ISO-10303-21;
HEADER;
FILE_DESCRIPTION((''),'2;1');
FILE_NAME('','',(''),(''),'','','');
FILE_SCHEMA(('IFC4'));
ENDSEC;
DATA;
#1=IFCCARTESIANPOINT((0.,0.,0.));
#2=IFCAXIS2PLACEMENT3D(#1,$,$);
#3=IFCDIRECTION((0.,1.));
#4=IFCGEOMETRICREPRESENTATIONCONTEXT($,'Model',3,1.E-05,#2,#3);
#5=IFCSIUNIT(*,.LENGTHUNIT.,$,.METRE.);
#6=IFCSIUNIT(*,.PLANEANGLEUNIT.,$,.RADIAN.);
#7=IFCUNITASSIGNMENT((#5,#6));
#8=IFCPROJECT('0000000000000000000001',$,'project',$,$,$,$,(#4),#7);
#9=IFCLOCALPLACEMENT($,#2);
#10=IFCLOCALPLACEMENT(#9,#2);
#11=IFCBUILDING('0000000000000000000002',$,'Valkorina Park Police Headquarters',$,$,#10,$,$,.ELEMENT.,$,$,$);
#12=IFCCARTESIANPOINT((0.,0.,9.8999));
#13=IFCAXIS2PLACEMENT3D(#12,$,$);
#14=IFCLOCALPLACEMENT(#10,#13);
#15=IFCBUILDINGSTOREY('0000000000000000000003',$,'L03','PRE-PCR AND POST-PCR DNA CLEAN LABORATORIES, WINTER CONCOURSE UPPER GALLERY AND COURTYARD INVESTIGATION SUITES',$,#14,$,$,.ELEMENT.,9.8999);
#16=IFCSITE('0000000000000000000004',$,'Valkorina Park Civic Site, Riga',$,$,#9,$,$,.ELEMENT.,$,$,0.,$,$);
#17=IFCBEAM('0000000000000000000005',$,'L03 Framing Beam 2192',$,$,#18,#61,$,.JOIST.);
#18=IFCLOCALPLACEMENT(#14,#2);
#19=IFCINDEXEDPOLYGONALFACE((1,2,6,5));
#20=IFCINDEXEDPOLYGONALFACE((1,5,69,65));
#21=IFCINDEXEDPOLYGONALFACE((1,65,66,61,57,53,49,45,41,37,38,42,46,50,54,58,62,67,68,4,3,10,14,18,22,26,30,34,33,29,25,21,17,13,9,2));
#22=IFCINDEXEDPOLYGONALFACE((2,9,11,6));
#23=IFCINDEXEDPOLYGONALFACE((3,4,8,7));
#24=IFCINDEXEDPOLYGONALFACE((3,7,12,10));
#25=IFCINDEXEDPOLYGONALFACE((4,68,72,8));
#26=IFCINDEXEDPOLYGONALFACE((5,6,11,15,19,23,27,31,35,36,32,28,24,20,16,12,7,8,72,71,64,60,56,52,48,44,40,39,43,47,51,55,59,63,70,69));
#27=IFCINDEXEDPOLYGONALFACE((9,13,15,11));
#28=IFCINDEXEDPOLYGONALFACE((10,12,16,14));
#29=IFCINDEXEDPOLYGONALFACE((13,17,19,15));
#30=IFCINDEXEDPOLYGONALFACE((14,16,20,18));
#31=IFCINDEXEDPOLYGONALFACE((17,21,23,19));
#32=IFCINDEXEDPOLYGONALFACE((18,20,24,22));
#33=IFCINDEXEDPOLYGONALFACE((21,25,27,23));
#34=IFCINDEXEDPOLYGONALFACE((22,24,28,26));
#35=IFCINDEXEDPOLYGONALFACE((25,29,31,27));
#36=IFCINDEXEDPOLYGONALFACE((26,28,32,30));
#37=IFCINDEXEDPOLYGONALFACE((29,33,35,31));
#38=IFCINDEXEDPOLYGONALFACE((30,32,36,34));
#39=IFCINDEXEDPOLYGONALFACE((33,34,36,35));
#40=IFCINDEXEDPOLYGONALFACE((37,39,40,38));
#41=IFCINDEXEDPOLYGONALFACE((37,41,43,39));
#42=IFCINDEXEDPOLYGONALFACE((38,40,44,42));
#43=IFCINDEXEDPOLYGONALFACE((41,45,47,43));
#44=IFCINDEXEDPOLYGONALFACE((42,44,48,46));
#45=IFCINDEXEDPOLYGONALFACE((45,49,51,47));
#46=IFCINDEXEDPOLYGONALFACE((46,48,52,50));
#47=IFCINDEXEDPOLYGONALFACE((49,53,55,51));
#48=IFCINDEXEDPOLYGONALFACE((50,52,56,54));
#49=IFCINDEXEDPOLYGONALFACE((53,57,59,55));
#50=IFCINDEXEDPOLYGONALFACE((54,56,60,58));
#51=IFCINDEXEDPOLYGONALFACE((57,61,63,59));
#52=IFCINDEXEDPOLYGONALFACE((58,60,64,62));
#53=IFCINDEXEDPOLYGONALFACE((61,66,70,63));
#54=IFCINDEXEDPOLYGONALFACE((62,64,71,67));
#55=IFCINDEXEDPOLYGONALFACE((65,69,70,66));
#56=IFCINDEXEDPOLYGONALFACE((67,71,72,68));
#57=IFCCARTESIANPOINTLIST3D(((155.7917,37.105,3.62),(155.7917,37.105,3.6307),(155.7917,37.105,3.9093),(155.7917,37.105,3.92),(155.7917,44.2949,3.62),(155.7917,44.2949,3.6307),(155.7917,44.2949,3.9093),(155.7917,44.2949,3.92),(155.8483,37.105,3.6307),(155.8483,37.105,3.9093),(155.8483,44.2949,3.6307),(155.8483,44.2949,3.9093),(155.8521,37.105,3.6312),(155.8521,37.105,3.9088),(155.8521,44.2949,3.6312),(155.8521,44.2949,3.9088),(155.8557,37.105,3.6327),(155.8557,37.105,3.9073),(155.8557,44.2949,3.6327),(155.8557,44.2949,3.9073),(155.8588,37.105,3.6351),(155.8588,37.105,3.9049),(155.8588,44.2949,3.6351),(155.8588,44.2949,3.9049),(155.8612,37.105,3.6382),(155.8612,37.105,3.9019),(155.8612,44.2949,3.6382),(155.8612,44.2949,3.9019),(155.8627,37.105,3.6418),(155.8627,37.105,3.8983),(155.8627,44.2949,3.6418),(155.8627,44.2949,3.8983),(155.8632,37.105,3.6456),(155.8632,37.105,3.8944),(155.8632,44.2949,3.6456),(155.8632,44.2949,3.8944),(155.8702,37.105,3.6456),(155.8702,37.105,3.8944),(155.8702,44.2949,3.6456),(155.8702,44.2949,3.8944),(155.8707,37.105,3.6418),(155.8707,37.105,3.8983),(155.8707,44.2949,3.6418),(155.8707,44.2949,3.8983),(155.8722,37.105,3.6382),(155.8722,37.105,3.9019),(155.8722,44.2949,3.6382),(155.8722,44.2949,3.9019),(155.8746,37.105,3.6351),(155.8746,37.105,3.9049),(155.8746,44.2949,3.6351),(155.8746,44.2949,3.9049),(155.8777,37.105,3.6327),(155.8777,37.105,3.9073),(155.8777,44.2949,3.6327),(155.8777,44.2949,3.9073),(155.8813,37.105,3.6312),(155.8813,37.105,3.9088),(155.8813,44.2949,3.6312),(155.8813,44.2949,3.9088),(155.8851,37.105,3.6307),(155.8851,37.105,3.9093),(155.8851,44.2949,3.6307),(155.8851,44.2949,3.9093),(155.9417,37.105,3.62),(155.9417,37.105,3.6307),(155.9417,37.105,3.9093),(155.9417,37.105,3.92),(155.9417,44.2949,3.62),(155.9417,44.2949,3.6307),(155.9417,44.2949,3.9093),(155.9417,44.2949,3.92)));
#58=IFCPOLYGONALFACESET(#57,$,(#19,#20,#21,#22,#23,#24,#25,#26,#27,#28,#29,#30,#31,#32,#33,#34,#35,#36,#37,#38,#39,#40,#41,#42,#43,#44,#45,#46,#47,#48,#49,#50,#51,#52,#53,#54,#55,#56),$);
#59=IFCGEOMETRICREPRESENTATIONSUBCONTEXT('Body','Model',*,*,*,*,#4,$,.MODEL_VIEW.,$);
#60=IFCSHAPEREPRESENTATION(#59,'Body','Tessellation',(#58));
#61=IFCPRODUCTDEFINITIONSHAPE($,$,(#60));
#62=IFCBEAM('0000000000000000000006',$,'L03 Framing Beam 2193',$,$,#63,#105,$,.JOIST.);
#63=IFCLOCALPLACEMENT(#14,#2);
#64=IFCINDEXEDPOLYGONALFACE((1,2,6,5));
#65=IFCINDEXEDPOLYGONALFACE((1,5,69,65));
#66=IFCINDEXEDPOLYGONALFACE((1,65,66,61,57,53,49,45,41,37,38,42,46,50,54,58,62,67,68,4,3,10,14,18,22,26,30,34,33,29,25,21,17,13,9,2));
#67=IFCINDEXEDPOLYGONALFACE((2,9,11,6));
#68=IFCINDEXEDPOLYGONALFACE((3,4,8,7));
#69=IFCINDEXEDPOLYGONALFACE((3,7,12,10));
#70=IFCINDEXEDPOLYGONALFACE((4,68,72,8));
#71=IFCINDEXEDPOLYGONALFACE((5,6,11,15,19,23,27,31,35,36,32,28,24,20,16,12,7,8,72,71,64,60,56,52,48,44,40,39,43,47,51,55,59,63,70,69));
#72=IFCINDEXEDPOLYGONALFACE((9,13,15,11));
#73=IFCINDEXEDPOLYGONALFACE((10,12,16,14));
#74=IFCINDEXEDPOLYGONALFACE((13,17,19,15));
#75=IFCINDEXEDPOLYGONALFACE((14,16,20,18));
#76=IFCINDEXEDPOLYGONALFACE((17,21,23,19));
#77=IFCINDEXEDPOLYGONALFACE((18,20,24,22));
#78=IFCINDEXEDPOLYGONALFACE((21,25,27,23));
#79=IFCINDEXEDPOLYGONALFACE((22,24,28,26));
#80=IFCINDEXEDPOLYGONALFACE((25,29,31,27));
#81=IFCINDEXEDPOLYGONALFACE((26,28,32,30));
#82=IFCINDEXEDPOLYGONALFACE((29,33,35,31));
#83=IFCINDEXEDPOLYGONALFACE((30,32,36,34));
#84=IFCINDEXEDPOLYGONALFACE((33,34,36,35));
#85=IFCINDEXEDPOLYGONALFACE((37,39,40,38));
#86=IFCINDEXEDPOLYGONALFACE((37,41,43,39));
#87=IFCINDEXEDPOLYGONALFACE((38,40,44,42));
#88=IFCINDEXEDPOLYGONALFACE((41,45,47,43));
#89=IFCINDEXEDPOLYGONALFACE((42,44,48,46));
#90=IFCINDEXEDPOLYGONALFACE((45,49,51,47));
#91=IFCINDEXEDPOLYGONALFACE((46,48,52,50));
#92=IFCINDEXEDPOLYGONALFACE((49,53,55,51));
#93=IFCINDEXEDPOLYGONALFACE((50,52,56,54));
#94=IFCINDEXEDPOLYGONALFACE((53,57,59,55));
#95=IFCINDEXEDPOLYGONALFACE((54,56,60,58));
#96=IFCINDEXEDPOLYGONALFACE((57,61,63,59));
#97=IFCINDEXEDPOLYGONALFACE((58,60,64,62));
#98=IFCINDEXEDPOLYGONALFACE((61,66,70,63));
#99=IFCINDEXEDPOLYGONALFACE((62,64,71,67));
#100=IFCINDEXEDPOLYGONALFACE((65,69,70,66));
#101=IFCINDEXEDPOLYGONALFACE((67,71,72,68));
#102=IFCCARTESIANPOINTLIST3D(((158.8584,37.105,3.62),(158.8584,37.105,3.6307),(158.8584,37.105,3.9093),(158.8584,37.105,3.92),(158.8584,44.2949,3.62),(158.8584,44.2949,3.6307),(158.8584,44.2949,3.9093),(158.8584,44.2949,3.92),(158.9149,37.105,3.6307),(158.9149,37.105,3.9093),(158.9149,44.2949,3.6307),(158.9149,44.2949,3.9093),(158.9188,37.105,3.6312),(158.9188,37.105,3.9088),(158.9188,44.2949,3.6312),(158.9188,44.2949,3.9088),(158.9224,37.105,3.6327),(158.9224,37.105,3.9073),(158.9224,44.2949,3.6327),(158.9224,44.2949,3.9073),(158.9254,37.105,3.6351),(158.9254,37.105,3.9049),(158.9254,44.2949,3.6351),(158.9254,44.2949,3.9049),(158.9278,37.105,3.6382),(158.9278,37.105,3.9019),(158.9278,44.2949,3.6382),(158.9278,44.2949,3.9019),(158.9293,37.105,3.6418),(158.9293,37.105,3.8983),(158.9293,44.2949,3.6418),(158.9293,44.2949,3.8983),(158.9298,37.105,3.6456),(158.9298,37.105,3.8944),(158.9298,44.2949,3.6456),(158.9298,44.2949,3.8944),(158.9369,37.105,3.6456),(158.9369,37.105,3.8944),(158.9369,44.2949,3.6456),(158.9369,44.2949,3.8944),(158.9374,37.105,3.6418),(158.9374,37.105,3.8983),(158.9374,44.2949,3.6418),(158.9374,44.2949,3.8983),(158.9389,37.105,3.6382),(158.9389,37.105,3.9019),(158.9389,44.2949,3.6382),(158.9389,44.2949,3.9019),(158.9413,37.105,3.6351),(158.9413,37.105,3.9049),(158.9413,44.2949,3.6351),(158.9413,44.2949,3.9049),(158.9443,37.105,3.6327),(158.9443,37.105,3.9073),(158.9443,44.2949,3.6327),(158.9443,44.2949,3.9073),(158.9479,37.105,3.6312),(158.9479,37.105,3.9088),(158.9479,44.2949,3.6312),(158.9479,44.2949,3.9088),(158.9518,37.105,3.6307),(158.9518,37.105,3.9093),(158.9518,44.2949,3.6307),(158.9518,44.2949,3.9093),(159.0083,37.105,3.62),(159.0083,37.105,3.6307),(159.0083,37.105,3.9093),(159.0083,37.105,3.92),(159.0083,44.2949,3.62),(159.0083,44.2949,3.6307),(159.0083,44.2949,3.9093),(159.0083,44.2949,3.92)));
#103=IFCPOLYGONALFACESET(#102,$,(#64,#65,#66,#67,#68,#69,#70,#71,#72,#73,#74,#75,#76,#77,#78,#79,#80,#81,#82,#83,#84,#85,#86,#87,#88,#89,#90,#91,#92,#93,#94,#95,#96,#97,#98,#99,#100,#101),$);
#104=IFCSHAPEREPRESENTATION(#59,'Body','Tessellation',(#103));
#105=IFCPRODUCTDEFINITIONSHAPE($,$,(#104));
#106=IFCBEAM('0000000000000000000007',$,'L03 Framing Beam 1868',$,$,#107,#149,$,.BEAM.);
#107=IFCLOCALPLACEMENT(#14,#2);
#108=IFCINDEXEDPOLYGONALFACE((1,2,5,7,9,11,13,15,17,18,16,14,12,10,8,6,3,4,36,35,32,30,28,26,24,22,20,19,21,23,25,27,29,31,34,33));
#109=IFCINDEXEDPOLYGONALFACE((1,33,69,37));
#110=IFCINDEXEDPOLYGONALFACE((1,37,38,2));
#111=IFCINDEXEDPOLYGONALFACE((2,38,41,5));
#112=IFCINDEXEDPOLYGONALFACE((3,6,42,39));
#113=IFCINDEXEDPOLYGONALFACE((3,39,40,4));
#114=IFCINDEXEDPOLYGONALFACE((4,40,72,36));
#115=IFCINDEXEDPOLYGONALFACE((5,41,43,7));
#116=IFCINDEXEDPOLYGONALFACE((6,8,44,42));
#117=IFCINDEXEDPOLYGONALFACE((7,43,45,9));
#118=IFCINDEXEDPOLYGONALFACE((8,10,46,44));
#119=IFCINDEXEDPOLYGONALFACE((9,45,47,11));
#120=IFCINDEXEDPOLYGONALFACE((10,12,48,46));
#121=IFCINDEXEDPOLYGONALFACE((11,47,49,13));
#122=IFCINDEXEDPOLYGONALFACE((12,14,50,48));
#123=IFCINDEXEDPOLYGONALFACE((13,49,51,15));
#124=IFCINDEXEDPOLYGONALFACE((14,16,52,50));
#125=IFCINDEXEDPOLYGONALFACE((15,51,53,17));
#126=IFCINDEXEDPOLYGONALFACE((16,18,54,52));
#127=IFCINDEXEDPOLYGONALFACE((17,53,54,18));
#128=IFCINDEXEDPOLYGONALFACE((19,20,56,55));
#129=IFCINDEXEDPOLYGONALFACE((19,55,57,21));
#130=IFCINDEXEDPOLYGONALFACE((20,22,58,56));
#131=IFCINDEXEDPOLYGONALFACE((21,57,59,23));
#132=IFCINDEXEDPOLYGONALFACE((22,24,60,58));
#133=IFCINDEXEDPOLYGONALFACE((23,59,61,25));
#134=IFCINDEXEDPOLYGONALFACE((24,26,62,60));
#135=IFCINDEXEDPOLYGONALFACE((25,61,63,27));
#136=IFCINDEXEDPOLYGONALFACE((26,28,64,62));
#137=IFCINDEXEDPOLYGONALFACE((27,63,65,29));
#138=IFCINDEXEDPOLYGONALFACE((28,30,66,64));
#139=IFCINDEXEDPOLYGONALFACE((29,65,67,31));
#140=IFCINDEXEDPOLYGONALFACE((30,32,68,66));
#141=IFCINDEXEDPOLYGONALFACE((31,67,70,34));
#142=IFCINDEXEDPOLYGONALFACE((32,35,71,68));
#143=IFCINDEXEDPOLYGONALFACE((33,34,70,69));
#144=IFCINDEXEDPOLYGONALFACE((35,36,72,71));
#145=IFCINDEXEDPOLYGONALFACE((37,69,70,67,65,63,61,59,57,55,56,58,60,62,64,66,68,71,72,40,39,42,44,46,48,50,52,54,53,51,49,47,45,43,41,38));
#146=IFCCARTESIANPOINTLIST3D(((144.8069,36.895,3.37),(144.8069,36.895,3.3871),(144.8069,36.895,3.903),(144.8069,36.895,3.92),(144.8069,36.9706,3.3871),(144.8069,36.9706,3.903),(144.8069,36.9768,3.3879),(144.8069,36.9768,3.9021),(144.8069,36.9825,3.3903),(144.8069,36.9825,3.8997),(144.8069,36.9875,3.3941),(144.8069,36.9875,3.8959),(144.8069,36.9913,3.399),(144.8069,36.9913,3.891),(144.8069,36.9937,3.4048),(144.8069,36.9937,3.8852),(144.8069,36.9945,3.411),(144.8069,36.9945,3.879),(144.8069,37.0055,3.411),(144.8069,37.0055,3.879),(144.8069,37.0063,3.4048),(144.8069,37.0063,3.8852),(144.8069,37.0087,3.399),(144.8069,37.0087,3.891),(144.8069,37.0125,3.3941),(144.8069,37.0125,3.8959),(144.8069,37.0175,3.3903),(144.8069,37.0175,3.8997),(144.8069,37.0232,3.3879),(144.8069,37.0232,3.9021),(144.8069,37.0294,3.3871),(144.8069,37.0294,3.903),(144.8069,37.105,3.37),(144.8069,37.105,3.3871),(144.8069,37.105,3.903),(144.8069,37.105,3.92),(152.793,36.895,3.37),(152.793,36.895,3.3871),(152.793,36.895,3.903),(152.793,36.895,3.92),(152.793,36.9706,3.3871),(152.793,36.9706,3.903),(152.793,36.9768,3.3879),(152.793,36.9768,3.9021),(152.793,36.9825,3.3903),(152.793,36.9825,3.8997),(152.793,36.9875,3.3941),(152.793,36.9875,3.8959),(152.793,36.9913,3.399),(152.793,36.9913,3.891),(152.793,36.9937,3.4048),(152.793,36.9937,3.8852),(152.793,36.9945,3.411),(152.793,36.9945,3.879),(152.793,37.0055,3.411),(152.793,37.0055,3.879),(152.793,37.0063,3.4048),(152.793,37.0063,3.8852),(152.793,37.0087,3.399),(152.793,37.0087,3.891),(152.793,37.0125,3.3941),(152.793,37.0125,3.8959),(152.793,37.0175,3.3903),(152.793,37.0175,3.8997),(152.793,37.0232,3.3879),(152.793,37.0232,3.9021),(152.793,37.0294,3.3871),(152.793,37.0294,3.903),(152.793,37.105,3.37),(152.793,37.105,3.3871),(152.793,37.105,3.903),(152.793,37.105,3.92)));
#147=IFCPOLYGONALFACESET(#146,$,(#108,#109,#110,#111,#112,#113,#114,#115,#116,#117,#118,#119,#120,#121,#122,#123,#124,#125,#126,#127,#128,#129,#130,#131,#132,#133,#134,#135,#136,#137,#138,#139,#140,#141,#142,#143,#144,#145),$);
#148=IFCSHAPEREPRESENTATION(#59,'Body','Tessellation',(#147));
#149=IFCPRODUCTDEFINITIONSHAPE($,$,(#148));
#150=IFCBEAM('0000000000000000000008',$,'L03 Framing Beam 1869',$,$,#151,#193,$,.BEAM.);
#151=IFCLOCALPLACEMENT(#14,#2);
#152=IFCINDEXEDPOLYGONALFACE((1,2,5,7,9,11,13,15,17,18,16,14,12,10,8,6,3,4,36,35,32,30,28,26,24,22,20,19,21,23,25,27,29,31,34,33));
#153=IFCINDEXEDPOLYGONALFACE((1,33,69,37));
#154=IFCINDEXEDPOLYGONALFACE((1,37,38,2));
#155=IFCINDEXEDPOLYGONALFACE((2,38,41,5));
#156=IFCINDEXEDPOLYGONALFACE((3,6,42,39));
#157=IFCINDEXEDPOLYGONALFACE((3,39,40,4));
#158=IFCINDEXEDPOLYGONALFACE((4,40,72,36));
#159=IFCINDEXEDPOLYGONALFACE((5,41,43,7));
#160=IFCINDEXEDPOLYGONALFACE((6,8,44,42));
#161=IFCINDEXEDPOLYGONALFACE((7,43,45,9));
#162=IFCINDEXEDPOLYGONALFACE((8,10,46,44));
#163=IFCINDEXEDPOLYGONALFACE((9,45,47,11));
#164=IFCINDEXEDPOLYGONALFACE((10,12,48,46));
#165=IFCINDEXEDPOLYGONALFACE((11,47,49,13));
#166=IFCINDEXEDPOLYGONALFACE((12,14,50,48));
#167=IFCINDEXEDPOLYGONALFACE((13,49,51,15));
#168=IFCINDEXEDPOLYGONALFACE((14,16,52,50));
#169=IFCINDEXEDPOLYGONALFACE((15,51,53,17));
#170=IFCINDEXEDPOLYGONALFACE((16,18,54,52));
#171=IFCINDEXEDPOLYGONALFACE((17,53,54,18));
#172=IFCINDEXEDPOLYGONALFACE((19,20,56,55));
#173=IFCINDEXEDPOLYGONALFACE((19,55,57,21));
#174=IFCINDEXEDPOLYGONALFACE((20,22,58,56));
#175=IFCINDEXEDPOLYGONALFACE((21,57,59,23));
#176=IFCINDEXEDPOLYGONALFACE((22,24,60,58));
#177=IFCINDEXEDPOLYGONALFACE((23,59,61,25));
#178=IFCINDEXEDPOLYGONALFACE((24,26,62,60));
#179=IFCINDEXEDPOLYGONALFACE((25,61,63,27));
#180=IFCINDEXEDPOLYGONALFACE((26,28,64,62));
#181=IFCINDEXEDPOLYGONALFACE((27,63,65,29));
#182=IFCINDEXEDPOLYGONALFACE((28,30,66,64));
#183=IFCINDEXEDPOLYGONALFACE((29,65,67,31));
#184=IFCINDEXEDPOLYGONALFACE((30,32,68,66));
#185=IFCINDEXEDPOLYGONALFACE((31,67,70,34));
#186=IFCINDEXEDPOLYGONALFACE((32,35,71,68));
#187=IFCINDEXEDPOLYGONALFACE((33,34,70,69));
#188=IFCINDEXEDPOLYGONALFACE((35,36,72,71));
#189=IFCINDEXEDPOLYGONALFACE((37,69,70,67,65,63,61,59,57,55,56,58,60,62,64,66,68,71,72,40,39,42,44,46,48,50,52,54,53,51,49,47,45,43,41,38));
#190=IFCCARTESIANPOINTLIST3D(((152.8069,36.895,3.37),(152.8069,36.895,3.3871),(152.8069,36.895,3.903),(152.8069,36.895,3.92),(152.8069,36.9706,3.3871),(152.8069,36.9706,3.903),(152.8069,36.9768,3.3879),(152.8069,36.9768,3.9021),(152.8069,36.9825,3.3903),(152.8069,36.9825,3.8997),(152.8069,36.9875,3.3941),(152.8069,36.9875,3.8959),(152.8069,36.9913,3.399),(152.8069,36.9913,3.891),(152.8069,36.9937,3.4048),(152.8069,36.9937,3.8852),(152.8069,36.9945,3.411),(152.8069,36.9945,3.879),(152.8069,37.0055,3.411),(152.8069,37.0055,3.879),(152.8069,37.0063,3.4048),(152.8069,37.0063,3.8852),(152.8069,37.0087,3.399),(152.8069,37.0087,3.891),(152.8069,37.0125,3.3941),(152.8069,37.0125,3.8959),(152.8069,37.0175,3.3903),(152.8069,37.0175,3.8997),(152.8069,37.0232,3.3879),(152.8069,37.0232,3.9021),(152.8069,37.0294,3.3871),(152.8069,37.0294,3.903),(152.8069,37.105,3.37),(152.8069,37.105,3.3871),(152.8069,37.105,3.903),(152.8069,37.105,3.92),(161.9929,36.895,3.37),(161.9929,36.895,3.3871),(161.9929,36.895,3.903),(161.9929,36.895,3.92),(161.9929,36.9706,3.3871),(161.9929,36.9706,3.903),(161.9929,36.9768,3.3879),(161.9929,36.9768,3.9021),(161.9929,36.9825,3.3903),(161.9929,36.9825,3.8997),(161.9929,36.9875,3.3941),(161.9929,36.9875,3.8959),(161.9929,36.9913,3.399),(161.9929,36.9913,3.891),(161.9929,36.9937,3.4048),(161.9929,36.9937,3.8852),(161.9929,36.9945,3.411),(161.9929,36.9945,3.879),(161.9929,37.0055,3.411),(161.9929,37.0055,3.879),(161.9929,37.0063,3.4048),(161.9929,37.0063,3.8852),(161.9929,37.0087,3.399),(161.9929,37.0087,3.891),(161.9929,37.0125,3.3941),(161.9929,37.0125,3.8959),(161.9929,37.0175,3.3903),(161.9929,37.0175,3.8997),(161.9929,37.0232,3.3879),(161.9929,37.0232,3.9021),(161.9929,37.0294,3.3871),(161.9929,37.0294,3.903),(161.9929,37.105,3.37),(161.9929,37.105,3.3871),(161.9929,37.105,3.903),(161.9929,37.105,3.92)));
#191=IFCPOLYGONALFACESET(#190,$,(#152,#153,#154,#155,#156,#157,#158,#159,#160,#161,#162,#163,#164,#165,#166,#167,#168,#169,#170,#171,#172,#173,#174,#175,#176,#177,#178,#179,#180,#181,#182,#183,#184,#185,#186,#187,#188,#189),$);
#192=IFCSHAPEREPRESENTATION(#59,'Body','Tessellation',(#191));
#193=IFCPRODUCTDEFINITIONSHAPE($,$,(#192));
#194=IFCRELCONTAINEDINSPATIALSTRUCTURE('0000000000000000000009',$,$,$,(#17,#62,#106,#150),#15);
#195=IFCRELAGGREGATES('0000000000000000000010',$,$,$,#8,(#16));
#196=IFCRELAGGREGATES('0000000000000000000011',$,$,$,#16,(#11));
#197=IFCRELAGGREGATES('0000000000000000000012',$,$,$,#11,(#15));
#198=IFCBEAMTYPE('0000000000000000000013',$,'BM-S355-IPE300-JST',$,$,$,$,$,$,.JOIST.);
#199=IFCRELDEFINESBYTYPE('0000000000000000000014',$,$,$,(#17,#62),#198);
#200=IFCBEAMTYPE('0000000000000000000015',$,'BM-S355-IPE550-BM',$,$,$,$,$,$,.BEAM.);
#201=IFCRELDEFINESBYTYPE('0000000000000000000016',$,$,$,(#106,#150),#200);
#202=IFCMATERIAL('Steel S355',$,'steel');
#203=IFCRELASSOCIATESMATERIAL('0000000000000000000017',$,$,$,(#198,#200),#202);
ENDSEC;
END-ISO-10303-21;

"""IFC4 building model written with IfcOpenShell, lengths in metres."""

from ifc_helpers import new_model, si_unit, direction, frame, origin, origin_2d, place, context, subcontext, project, spatial, i_section, extrude, material, material_profile, profile_set, type_object, element, save


model = new_model("IFC4")

# Units and contexts
model_context = context("Model", 3, precision=1e-05, world=origin(), true_north=direction((0.0, 1.0)))
body_context = subcontext(model_context, "Body", "Model", "MODEL_VIEW")
ifc_project = project(units=[si_unit("LENGTHUNIT", "METRE"), si_unit("PLANEANGLEUNIT", "RADIAN")], contexts=[model_context])

# Site, building, storey
site_placement = place(None, origin())
site = spatial("IfcSite", under=ifc_project, at=site_placement, Name="Valkorina Park Civic Site, Riga", CompositionType="ELEMENT", RefElevation=0.0)
building_placement = place(site_placement, origin())
building = spatial("IfcBuilding", under=site, at=building_placement, Name="Valkorina Park Police Headquarters", CompositionType="ELEMENT")
storey_placement = place(building_placement, frame((0.0, 0.0, 9.8999)))
storey = spatial("IfcBuildingStorey", under=building, at=storey_placement, Name="L03", Description="PRE-PCR AND POST-PCR DNA CLEAN LABORATORIES, WINTER CONCOURSE UPPER GALLERY AND COURTYARD INVESTIGATION SUITES", CompositionType="ELEMENT", Elevation=9.8999)

# Shared definitions
ifc_material_1 = material(Name="Steel S355", Category="steel")

# Beams
ifc_material_profile_1 = material_profile(ifc_material_1, i_section(OverallWidth=0.1499, OverallDepth=0.3, WebThickness=0.0071, FlangeThickness=0.0107, FilletRadius=0.0149, at=origin_2d()), Name="IPE 300")
ifc_profile_set_1 = profile_set([ifc_material_profile_1], Name="Steel S355")
beam_type_1 = type_object("IfcBeamType", Name="BM-S355-IPE300-JST", PredefinedType="JOIST", material=ifc_profile_set_1)
for number, where, z_axis, x_axis, name in (
    (1, (155.8667, 37.105, 3.77), (0.0, 1.0, 0.0), (-1.0, 0.0, 0.0), "L03 Framing Beam 2192"),
    (2, (158.9333, 37.105, 3.77), (0.0, 1.0, 0.0), (-1.0, 0.0, 0.0), "L03 Framing Beam 2193"),
):
    element("IfcBeam", number, at=place(storey_placement, frame(where, z_axis=z_axis, x_axis=x_axis)), inside=storey, type_object=beam_type_1, Name=name, PredefinedType="JOIST", context=body_context, shape_type="SweptSolid", body=[
        extrude(i_section(OverallWidth=0.1499, OverallDepth=0.3, WebThickness=0.0071, FlangeThickness=0.0107, FilletRadius=0.0149, at=origin_2d()), origin(), (0.0, 0.0, 1.0), 7.1899),
    ])
ifc_material_profile_2 = material_profile(ifc_material_1, i_section(OverallWidth=0.21, OverallDepth=0.55, WebThickness=0.011, FlangeThickness=0.0171, FilletRadius=0.0239, at=origin_2d()), Name="IPE 550")
ifc_profile_set_2 = profile_set([ifc_material_profile_2], Name="Steel S355")
beam_type_2 = type_object("IfcBeamType", Name="BM-S355-IPE550-BM", PredefinedType="BEAM", material=ifc_profile_set_2)
beam_1_placement = place(storey_placement, frame((144.8069, 37.0, 3.645), z_axis=(1.0, 0.0, 0.0), x_axis=(0.0, 1.0, 0.0)))
element("IfcBeam", 3, at=beam_1_placement, inside=storey, type_object=beam_type_2, Name="L03 Framing Beam 1868", PredefinedType="BEAM", context=body_context, shape_type="SweptSolid", body=[
    extrude(i_section(OverallWidth=0.21, OverallDepth=0.55, WebThickness=0.011, FlangeThickness=0.0171, FilletRadius=0.0239, at=origin_2d()), origin(), (0.0, 0.0, 1.0), 7.9861),
])
beam_2_placement = place(storey_placement, frame((152.8069, 37.0, 3.645), z_axis=(1.0, 0.0, 0.0), x_axis=(0.0, 1.0, 0.0)))
element("IfcBeam", 4, at=beam_2_placement, inside=storey, type_object=beam_type_2, Name="L03 Framing Beam 1869", PredefinedType="BEAM", context=body_context, shape_type="SweptSolid", body=[
    extrude(i_section(OverallWidth=0.21, OverallDepth=0.55, WebThickness=0.011, FlangeThickness=0.0171, FilletRadius=0.0239, at=origin_2d()), origin(), (0.0, 0.0, 1.0), 9.186),
])

save(model, "model.ifc")
